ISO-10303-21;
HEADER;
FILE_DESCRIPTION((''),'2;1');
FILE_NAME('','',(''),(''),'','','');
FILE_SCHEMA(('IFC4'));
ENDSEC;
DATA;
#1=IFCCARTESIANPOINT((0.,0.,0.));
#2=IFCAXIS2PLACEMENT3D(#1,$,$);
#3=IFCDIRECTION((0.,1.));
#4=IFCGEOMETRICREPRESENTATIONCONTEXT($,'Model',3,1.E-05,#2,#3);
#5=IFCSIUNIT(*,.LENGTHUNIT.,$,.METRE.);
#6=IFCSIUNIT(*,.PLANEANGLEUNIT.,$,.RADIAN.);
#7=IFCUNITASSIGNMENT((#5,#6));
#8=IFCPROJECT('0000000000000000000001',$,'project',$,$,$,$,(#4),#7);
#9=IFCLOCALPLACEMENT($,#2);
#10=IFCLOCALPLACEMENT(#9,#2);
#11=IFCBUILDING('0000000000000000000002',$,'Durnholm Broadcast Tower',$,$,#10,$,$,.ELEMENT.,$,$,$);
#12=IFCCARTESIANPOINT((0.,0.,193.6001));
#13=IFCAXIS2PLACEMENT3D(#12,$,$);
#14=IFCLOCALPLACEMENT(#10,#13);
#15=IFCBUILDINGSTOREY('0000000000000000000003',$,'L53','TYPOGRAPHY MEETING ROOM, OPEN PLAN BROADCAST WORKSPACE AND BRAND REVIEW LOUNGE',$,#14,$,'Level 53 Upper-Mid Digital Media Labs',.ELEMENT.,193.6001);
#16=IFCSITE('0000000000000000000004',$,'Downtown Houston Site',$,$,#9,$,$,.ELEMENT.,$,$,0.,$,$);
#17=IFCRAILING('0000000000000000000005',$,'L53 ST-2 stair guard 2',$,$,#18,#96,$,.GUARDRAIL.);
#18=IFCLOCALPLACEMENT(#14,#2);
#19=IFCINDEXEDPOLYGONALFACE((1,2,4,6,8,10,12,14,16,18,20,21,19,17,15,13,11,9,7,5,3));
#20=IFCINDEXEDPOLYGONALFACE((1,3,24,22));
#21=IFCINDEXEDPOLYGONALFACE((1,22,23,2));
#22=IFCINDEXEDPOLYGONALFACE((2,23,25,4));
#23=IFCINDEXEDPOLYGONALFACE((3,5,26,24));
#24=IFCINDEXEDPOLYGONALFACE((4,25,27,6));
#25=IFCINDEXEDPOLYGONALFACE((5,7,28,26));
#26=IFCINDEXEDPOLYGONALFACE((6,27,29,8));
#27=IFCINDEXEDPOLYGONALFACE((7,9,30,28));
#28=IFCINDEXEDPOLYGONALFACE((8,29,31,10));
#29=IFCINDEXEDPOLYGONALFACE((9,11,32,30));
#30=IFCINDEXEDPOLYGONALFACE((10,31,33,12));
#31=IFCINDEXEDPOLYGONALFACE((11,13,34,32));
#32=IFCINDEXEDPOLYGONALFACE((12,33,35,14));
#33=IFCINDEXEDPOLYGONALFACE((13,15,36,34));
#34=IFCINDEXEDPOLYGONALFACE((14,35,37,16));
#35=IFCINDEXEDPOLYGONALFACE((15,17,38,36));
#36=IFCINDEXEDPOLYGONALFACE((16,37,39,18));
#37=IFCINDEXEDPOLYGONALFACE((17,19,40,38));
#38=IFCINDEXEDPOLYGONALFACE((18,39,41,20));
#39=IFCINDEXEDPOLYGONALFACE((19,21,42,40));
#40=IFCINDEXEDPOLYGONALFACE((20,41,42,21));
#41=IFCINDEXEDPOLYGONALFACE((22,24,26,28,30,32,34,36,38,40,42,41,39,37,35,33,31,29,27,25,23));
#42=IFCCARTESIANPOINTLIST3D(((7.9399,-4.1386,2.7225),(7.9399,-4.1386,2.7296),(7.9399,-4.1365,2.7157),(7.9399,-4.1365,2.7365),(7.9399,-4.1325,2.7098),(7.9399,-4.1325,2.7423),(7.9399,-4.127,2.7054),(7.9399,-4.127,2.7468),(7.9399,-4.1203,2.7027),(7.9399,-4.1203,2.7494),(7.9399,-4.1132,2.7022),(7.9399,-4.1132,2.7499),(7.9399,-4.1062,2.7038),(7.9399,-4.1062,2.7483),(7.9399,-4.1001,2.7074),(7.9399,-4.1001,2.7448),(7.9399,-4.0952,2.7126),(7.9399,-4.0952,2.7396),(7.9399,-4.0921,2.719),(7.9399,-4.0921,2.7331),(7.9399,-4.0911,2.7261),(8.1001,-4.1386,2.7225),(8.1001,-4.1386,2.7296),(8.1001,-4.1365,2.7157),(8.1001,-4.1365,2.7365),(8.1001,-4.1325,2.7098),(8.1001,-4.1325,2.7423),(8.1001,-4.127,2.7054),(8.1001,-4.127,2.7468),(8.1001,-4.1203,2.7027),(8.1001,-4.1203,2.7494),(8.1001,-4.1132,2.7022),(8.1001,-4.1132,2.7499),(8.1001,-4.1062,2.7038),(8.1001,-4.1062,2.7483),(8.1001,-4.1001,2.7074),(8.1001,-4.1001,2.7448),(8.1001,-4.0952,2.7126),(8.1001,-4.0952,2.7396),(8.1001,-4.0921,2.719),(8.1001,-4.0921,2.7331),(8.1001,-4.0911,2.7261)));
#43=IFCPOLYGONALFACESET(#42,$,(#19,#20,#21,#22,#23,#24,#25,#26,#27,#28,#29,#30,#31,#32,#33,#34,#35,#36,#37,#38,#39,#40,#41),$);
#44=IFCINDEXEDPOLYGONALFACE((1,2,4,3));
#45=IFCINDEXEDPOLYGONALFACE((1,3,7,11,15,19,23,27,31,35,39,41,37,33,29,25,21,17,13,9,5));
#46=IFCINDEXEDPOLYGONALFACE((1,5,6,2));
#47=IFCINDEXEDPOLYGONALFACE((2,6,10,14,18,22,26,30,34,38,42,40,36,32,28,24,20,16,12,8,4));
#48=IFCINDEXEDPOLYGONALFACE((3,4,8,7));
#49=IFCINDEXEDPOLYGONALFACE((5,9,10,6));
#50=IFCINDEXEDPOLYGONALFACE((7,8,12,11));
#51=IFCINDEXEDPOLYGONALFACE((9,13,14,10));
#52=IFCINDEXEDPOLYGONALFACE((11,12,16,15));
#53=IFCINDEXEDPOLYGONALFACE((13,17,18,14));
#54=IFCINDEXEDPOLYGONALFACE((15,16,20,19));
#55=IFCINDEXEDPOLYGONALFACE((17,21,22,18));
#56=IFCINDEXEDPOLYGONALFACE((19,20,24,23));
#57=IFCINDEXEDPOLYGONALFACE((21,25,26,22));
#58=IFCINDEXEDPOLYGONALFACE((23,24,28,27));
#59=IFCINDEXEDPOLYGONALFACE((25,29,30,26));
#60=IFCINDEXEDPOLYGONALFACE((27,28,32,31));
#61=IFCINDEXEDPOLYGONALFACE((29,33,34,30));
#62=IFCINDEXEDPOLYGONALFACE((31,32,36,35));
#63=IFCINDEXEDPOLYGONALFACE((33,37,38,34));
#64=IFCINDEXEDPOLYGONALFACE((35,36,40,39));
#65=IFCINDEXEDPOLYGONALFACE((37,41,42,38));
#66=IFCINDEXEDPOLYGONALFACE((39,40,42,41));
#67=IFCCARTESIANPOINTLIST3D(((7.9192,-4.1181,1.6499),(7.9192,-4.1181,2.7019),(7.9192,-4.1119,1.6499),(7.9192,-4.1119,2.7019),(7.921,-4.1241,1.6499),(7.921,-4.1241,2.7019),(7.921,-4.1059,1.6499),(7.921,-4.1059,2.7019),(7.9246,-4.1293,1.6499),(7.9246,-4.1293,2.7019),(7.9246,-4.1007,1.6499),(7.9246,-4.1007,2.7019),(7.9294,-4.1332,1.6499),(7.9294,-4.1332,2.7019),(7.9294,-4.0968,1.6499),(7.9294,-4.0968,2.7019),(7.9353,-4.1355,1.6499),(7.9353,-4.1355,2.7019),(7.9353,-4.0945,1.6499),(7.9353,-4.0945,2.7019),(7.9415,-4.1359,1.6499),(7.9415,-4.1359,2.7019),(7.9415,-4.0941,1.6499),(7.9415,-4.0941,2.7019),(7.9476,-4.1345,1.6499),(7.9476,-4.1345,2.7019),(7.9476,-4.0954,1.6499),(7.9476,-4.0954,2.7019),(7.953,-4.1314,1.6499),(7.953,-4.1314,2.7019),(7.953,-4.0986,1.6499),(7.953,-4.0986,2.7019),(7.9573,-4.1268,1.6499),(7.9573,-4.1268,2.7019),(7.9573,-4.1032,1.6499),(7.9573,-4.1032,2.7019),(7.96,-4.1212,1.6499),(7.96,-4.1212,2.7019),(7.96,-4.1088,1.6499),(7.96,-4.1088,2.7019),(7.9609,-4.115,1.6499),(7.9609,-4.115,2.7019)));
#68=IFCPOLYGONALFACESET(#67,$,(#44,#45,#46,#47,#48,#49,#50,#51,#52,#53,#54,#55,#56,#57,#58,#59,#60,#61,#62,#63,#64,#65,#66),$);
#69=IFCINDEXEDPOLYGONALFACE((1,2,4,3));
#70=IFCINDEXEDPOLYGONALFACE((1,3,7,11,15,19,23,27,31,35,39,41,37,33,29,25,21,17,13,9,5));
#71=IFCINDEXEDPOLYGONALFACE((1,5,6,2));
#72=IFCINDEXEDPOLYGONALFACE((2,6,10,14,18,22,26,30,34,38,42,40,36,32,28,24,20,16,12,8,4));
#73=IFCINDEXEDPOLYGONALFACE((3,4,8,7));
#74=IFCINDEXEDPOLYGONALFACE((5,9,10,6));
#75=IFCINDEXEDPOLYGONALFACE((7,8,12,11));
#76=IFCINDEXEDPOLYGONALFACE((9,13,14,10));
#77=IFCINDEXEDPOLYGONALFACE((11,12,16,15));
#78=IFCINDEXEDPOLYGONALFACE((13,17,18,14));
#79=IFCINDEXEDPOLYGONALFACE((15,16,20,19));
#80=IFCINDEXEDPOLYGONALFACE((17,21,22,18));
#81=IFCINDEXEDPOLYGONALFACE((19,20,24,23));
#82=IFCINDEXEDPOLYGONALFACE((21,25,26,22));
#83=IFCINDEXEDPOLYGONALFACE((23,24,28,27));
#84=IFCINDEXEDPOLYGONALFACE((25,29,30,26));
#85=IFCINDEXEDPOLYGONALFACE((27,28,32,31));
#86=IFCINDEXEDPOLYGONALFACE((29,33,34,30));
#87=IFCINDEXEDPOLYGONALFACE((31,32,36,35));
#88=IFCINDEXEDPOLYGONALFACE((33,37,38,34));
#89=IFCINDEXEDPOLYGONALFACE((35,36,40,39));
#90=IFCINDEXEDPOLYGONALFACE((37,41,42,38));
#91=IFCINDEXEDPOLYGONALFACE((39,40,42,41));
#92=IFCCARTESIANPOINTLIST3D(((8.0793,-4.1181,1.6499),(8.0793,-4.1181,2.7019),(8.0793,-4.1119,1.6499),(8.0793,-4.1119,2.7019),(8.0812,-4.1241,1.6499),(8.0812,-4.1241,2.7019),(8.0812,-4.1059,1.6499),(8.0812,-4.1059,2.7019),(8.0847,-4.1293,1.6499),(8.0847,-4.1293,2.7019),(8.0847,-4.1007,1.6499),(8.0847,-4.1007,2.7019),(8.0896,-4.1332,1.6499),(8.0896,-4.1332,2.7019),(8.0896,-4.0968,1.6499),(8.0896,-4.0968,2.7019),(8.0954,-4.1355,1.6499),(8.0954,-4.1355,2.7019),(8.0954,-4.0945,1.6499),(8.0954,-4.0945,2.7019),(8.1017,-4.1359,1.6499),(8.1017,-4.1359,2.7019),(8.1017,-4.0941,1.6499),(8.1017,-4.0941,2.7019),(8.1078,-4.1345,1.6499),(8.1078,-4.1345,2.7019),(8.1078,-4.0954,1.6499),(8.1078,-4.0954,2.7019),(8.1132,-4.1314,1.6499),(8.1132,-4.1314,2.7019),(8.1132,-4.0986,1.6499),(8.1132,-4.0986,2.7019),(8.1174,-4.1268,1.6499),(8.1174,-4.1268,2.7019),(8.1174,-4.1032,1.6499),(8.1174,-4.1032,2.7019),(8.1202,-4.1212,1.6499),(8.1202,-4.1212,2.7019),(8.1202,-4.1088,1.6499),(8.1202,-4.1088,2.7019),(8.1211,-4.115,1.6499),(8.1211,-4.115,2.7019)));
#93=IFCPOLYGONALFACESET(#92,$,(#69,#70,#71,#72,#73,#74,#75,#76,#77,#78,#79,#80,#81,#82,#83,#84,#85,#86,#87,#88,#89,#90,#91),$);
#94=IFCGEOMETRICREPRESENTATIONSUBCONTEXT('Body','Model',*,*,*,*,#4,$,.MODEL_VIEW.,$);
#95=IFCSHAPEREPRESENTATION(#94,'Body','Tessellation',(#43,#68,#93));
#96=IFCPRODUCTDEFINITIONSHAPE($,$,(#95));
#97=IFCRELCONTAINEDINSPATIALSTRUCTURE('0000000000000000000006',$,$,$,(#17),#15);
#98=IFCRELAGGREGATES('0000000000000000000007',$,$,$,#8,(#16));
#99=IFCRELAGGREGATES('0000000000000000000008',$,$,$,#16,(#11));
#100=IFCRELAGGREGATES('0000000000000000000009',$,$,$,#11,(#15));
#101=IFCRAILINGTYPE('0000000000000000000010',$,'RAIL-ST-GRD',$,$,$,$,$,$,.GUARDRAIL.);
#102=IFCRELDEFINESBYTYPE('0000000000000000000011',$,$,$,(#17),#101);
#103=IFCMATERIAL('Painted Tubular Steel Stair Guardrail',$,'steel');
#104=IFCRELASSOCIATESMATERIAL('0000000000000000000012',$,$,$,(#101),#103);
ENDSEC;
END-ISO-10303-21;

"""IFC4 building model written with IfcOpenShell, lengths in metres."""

from ifc_helpers import new_model, si_unit, direction, frame, origin, origin_2d, place, context, subcontext, project, spatial, circle, extrude, material, type_object, element, save


model = new_model("IFC4")

# Units and contexts
model_context = context("Model", 3, precision=1e-05, world=origin(), true_north=direction((0.0, 1.0)))
body_context = subcontext(model_context, "Body", "Model", "MODEL_VIEW")
ifc_project = project(units=[si_unit("LENGTHUNIT", "METRE"), si_unit("PLANEANGLEUNIT", "RADIAN")], contexts=[model_context])

# Site, building, storey
site_placement = place(None, origin())
site = spatial("IfcSite", under=ifc_project, at=site_placement, Name="Downtown Houston Site", CompositionType="ELEMENT", RefElevation=0.0)
building_placement = place(site_placement, origin())
building = spatial("IfcBuilding", under=site, at=building_placement, Name="Durnholm Broadcast Tower", CompositionType="ELEMENT")
storey_placement = place(building_placement, frame((0.0, 0.0, 193.6001)))
storey = spatial("IfcBuildingStorey", under=building, at=storey_placement, Name="L53", Description="TYPOGRAPHY MEETING ROOM, OPEN PLAN BROADCAST WORKSPACE AND BRAND REVIEW LOUNGE", LongName="Level 53 Upper-Mid Digital Media Labs", CompositionType="ELEMENT", Elevation=193.6001)

# Railing
ifc_material_1 = material(Name="Painted Tubular Steel Stair Guardrail", Category="steel")
railing_type_1 = type_object("IfcRailingType", Name="RAIL-ST-GRD", PredefinedType="GUARDRAIL", material=ifc_material_1)
railing_1_placement = place(storey_placement, frame((7.9399, -4.115, 1.6499)))
element("IfcRailing", 1, at=railing_1_placement, inside=storey, type_object=railing_type_1, Name="L53 ST-2 stair guard 2", PredefinedType="GUARDRAIL", context=body_context, shape_type="SweptSolid", body=[
    extrude(circle(Radius=0.0239, at=origin_2d()), frame((0.0, 0.0, 1.0762), z_axis=(1.0, 0.0, 0.0), x_axis=(0.0, 1.0, 0.0)), (0.0, 0.0, 1.0), 0.1602),
    extrude(circle(Radius=0.021, at=origin_2d()), origin(), (0.0, 0.0, 1.0), 1.052),
    extrude(circle(Radius=0.021, at=origin_2d()), frame((0.1602, 0.0, 0.0)), (0.0, 0.0, 1.0), 1.052),
])

save(model, "model.ifc")
